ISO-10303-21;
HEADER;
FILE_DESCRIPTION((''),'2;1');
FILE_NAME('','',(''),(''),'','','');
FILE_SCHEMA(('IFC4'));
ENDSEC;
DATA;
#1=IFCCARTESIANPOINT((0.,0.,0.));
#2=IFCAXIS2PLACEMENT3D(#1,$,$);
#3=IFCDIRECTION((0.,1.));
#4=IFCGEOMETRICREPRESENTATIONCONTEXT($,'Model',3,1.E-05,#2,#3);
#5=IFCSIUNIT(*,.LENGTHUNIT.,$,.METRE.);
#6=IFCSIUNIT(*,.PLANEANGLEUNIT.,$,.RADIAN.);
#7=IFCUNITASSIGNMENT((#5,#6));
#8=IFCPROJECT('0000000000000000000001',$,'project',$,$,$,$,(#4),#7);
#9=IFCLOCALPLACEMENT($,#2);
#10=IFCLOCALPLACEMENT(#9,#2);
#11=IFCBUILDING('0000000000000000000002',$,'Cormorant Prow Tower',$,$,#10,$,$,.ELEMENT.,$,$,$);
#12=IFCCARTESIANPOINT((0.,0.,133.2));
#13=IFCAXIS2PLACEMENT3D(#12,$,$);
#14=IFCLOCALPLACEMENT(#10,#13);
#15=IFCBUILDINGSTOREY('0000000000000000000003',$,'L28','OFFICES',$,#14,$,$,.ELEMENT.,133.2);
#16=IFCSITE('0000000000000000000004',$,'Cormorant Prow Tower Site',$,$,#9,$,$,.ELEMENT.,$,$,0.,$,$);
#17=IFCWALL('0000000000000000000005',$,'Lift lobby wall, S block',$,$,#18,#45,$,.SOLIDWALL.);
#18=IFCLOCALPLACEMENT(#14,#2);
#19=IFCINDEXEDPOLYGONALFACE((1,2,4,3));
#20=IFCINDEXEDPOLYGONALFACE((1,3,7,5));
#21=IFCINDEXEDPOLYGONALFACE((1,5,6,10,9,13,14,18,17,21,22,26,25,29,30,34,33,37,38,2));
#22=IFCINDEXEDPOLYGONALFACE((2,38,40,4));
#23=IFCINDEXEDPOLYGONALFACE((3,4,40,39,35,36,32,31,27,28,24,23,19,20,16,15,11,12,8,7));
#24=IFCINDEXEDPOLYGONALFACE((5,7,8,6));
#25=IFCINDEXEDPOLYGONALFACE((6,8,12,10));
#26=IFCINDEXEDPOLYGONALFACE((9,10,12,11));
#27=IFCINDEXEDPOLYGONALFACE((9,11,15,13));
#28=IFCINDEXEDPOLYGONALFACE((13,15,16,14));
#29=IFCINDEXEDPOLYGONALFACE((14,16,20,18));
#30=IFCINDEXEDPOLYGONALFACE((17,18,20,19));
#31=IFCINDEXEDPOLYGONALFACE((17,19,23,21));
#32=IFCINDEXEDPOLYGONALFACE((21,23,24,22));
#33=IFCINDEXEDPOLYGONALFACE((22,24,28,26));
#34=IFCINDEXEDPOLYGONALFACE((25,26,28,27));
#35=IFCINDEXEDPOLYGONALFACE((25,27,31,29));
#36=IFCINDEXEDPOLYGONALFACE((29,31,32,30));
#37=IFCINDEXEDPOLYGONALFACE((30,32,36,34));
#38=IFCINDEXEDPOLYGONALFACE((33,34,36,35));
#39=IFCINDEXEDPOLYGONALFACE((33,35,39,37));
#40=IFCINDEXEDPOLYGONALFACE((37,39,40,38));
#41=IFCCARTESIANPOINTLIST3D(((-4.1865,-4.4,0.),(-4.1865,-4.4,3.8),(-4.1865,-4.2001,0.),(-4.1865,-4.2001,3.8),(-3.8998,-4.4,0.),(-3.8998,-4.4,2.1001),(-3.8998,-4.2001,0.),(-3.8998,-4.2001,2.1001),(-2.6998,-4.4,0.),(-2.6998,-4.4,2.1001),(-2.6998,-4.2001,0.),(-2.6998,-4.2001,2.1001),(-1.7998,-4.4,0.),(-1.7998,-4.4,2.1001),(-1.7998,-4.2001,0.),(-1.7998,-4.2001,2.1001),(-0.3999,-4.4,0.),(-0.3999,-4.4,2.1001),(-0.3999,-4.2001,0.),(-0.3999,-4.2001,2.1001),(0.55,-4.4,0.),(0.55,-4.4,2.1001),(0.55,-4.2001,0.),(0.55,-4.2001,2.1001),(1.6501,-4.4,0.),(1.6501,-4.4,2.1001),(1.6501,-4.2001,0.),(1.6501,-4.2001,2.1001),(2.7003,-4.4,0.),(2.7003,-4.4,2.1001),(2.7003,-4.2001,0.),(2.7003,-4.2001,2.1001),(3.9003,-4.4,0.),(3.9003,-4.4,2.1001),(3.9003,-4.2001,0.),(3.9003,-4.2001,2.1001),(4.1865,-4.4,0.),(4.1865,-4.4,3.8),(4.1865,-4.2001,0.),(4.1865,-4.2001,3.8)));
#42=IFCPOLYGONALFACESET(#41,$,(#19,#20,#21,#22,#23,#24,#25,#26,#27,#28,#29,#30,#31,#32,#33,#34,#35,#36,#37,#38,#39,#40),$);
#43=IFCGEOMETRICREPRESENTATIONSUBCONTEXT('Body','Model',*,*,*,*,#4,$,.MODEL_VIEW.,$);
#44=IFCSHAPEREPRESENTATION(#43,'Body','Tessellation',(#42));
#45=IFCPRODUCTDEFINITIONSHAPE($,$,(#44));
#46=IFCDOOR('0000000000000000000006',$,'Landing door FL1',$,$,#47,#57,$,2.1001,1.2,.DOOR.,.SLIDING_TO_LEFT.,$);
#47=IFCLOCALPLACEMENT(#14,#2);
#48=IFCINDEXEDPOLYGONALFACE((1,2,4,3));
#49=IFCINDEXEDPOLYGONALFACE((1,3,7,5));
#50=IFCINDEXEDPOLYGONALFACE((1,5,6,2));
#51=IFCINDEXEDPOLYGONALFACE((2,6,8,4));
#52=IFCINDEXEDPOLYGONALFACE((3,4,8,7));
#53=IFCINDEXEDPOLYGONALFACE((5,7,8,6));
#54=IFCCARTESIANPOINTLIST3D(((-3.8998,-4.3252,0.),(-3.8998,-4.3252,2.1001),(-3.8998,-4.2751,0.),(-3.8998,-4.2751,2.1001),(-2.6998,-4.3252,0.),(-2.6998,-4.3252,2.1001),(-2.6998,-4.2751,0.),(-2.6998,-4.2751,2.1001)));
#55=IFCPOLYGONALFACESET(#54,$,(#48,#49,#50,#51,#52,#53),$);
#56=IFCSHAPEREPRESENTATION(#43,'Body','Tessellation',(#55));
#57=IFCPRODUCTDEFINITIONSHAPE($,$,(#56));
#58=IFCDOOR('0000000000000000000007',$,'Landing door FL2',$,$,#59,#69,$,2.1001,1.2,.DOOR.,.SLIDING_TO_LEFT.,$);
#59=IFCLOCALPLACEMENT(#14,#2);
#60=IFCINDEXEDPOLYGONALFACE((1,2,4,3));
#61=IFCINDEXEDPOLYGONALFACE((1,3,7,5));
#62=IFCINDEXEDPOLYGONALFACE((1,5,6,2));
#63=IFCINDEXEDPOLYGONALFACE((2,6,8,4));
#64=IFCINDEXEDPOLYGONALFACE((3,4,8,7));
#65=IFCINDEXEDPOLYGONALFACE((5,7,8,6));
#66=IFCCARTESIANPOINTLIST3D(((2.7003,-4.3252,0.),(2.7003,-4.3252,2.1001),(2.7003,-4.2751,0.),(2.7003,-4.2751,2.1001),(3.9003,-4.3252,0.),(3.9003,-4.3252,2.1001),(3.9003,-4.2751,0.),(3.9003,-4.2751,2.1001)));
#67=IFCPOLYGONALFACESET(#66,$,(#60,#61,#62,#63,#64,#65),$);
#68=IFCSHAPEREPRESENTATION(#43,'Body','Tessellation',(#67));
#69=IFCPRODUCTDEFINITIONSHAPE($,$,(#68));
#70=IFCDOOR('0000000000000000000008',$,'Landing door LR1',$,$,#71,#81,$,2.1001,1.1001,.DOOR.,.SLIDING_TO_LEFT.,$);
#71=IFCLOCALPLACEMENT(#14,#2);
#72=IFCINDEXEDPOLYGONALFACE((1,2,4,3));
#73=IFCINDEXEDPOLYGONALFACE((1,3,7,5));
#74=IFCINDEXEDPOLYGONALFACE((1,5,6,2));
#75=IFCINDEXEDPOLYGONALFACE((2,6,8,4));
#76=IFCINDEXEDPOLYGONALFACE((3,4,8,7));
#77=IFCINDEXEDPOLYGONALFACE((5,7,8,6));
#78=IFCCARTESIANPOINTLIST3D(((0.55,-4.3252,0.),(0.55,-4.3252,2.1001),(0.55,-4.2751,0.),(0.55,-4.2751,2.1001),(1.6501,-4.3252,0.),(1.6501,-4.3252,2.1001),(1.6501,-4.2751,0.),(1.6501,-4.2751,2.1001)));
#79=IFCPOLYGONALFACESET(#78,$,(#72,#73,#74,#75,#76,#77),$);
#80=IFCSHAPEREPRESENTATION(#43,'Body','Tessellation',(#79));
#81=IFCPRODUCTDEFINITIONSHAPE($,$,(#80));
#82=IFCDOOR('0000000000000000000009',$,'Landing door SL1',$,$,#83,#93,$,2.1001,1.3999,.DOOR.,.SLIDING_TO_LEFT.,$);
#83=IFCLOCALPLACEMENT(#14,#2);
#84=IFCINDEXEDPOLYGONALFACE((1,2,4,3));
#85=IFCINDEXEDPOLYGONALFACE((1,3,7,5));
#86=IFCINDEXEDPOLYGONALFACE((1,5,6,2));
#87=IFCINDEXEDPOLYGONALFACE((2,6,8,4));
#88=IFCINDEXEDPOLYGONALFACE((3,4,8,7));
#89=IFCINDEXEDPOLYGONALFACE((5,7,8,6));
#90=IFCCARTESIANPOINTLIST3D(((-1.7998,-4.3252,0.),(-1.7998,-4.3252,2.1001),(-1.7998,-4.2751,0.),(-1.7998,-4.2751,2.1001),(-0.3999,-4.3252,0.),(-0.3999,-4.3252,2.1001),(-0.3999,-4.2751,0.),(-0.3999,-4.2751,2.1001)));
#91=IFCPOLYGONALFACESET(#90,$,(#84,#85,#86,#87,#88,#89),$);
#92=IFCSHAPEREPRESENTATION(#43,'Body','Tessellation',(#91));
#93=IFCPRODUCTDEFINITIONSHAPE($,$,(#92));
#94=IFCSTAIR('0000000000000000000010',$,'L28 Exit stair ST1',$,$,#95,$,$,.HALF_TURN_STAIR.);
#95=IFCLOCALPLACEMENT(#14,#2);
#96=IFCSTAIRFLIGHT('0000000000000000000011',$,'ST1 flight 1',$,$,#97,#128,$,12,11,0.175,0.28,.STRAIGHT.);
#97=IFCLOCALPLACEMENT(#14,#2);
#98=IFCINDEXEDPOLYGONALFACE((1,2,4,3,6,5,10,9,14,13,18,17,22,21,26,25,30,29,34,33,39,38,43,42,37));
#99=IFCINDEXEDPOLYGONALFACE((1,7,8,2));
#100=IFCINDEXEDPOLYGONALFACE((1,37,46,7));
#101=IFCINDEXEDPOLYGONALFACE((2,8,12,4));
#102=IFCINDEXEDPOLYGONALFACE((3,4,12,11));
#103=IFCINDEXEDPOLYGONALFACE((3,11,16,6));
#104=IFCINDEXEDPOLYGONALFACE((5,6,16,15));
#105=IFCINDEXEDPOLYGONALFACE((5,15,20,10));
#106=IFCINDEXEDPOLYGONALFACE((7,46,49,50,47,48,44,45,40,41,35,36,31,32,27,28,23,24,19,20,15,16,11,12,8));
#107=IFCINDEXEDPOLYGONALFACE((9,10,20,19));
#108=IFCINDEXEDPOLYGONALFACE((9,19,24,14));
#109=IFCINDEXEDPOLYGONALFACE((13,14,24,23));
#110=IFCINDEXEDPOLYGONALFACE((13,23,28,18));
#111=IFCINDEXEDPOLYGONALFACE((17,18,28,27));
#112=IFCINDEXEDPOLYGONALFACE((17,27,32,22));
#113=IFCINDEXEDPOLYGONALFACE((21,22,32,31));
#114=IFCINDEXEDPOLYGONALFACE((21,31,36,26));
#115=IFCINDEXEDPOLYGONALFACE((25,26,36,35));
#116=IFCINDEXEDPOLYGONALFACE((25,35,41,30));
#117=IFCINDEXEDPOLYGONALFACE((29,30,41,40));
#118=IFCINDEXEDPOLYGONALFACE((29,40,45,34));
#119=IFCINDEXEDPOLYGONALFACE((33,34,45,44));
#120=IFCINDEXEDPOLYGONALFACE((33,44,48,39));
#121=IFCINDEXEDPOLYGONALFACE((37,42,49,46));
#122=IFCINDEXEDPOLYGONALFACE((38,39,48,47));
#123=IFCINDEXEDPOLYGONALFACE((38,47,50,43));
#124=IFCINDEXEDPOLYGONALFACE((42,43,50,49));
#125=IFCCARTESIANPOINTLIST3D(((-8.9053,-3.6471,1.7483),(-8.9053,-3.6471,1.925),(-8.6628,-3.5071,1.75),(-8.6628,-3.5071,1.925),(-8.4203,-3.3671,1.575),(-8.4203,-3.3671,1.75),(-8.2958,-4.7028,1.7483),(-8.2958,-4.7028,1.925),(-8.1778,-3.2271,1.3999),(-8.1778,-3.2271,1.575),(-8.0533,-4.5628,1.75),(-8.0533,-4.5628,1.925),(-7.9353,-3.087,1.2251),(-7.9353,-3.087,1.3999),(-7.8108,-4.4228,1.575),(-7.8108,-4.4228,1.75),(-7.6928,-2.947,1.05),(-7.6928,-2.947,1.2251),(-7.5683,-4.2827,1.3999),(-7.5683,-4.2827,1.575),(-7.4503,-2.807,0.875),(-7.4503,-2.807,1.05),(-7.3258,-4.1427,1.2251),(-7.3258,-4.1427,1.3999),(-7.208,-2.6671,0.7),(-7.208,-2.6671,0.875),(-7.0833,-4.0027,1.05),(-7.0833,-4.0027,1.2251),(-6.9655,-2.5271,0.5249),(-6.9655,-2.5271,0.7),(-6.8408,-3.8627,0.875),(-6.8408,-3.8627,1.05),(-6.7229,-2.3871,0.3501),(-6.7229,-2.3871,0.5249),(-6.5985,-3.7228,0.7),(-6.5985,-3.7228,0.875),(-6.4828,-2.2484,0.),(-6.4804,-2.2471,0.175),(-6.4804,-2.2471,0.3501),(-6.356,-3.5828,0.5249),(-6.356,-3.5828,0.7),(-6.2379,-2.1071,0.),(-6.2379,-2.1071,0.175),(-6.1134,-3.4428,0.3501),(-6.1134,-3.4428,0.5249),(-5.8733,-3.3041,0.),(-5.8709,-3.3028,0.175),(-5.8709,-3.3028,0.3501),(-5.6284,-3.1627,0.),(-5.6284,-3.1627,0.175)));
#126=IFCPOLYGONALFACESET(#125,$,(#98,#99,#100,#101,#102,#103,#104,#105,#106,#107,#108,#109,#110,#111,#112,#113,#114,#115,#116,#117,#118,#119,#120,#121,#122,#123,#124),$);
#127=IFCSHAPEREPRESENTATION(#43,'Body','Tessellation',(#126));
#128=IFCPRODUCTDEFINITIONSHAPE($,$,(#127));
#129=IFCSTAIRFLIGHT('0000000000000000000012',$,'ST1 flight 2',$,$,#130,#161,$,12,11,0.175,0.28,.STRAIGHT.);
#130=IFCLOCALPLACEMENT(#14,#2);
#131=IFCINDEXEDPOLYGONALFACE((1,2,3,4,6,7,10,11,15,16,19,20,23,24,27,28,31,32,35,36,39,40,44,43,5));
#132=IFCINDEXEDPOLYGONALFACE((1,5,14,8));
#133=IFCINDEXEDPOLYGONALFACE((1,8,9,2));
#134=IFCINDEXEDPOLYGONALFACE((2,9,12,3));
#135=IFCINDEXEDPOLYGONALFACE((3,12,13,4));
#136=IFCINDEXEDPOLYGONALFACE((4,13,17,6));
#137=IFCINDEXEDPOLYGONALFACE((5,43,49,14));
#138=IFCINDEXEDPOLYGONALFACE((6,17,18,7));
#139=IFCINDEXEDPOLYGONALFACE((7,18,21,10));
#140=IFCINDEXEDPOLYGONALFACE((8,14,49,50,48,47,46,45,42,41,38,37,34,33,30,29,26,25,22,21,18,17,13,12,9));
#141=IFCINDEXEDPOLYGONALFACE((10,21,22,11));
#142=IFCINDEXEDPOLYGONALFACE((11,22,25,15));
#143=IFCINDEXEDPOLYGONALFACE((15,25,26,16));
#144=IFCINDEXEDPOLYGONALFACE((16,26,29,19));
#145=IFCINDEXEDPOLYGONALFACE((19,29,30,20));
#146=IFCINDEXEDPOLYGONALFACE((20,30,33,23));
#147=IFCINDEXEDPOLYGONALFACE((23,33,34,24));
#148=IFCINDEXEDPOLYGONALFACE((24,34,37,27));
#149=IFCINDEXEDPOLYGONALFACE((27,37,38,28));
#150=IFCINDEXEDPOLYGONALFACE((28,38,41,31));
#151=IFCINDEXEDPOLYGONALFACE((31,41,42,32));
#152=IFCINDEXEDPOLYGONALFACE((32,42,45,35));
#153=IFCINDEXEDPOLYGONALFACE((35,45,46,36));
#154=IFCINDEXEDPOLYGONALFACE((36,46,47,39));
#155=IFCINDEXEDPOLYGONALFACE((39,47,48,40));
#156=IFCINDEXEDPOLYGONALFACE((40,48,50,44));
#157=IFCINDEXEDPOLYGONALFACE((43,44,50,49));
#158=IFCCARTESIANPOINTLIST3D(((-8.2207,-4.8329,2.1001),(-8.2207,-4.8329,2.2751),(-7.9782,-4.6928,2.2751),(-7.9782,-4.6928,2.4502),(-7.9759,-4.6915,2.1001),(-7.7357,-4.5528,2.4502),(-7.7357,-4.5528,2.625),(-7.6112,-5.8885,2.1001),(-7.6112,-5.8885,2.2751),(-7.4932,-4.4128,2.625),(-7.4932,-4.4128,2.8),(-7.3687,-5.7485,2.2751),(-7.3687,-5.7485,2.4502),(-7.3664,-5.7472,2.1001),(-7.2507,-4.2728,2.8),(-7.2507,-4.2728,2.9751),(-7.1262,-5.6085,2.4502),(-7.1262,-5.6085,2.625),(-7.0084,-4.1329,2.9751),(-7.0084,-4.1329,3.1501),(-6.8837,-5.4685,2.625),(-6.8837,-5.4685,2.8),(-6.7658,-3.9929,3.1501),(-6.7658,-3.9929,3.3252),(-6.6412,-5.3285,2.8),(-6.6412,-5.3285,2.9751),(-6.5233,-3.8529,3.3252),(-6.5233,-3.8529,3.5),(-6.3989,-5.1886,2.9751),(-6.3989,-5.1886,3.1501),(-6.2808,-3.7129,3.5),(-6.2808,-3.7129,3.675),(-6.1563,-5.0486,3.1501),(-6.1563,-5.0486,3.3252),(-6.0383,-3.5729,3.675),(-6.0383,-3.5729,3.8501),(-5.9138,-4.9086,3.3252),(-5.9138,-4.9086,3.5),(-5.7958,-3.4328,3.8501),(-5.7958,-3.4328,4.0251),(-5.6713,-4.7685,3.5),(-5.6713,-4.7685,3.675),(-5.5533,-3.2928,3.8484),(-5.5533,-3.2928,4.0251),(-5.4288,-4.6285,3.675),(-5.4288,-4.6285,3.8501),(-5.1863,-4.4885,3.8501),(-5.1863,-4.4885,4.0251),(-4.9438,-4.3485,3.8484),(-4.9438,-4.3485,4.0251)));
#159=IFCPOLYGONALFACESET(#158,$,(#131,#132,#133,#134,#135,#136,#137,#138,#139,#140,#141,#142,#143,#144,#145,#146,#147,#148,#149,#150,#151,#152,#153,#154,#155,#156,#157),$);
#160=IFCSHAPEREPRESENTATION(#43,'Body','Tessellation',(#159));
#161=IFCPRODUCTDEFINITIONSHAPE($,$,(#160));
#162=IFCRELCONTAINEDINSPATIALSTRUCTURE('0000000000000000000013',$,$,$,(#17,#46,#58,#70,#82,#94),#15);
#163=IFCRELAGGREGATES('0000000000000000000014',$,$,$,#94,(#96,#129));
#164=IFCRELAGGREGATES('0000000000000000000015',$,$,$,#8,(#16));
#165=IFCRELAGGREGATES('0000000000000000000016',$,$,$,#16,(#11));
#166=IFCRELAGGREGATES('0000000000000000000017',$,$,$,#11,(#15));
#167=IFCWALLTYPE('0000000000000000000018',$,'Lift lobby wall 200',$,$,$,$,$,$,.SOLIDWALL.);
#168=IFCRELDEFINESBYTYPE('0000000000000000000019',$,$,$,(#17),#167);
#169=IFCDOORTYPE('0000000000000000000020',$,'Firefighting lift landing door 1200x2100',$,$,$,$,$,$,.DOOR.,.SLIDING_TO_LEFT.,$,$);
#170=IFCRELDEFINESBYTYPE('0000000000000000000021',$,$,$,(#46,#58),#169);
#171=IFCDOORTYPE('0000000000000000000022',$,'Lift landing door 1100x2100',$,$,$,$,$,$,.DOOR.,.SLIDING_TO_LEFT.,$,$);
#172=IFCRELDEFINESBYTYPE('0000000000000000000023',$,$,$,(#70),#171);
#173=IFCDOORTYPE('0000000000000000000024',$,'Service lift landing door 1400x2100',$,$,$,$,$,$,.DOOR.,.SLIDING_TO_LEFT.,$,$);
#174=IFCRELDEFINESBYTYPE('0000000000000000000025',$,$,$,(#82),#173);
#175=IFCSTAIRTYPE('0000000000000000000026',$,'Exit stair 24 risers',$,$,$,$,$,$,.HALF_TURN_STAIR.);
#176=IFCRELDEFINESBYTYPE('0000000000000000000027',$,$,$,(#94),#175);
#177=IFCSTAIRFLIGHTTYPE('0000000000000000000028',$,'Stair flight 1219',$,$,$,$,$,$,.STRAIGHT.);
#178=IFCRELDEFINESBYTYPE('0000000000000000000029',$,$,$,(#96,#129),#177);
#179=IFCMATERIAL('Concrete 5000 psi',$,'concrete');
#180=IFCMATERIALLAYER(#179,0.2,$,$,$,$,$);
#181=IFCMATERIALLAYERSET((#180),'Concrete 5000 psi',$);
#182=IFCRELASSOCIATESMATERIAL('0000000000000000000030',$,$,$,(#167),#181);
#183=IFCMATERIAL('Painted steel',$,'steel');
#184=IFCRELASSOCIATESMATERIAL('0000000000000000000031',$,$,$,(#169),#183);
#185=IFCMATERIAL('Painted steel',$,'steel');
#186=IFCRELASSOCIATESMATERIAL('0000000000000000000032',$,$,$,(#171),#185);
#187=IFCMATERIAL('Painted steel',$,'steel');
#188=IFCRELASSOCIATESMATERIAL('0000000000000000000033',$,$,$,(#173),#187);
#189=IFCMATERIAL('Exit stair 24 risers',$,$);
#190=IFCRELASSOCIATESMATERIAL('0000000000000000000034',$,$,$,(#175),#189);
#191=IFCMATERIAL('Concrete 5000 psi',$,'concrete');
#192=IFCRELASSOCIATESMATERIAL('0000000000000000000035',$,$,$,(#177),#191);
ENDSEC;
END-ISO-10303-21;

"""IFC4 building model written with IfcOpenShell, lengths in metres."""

from ifc_helpers import new_model, si_unit, direction, frame, frame_2d, origin, place, context, subcontext, project, spatial, polyline, rectangle, outline, extrude, material, layer, layer_set, type_object, element, fill, aggregate, save


model = new_model("IFC4")

# Units and contexts
model_context = context("Model", 3, precision=1e-05, world=origin(), true_north=direction((0.0, 1.0)))
body_context = subcontext(model_context, "Body", "Model", "MODEL_VIEW")
ifc_project = project(units=[si_unit("LENGTHUNIT", "METRE"), si_unit("PLANEANGLEUNIT", "RADIAN")], contexts=[model_context])

# Site, building, storey
site_placement = place(None, origin())
site = spatial("IfcSite", under=ifc_project, at=site_placement, Name="Cormorant Prow Tower Site", CompositionType="ELEMENT", RefElevation=0.0)
building_placement = place(site_placement, origin())
building = spatial("IfcBuilding", under=site, at=building_placement, Name="Cormorant Prow Tower", CompositionType="ELEMENT")
storey_placement = place(building_placement, frame((0.0, 0.0, 133.2)))
storey = spatial("IfcBuildingStorey", under=building, at=storey_placement, Name="L28", Description="OFFICES", CompositionType="ELEMENT", Elevation=133.2)

# Wall, openings, doors
ifc_material_1 = material(Name="Concrete 5000 psi", Category="concrete")
ifc_layer_1 = layer(ifc_material_1, 0.2)
ifc_layer_set_1 = layer_set([ifc_layer_1], Name="Concrete 5000 psi")
wall_type_1 = type_object("IfcWallType", Name="Lift lobby wall 200", PredefinedType="SOLIDWALL", material=ifc_layer_set_1)
wall_1_placement = place(storey_placement, frame((-4.1865, -4.3, 0.0), z_axis=(0.0, 0.0, 1.0), x_axis=(1.0, 0.0, 0.0)))
wall_1 = element("IfcWall", 1, at=wall_1_placement, inside=storey, type_object=wall_type_1, Name="Lift lobby wall, S block", PredefinedType="SOLIDWALL", context=body_context, shape_type="SweptSolid", body=[
    extrude(rectangle(XDim=8.373, YDim=0.2, at=frame_2d((4.1865, 0.0))), origin(), (0.0, 0.0, 1.0), 3.8),
])
opening_1_placement = place(wall_1_placement, frame((0.2866, 0.0, 0.0)))
opening_1 = element("IfcOpeningElement", 2, at=opening_1_placement, cuts=wall_1, PredefinedType="OPENING", context=body_context, shape_type="SweptSolid", body=[
    extrude(rectangle(XDim=1.2, YDim=2.1001, at=frame_2d((0.6001, 1.05))), frame((0.0, 0.1099, 0.0), z_axis=(0.0, -1.0, 0.0), x_axis=(1.0, 0.0, 0.0)), (0.0, 0.0, 1.0), 0.22),
])
opening_2_placement = place(wall_1_placement, frame((2.3867, 0.0, 0.0)))
opening_2 = element("IfcOpeningElement", 3, at=opening_2_placement, cuts=wall_1, PredefinedType="OPENING", context=body_context, shape_type="SweptSolid", body=[
    extrude(rectangle(XDim=1.3999, YDim=2.1001, at=frame_2d((0.7, 1.05))), frame((0.0, 0.1099, 0.0), z_axis=(0.0, -1.0, 0.0), x_axis=(1.0, 0.0, 0.0)), (0.0, 0.0, 1.0), 0.22),
])
opening_3_placement = place(wall_1_placement, frame((4.7366, 0.0, 0.0)))
opening_3 = element("IfcOpeningElement", 4, at=opening_3_placement, cuts=wall_1, PredefinedType="OPENING", context=body_context, shape_type="SweptSolid", body=[
    extrude(rectangle(XDim=1.1001, YDim=2.1001, at=frame_2d((0.55, 1.05))), frame((0.0, 0.1099, 0.0), z_axis=(0.0, -1.0, 0.0), x_axis=(1.0, 0.0, 0.0)), (0.0, 0.0, 1.0), 0.22),
])
opening_4_placement = place(wall_1_placement, frame((6.8867, 0.0, 0.0)))
opening_4 = element("IfcOpeningElement", 5, at=opening_4_placement, cuts=wall_1, PredefinedType="OPENING", context=body_context, shape_type="SweptSolid", body=[
    extrude(rectangle(XDim=1.2, YDim=2.1001, at=frame_2d((0.6001, 1.05))), frame((0.0, 0.1099, 0.0), z_axis=(0.0, -1.0, 0.0), x_axis=(1.0, 0.0, 0.0)), (0.0, 0.0, 1.0), 0.22),
])
ifc_material_2 = material(Name="Painted steel", Category="steel")
door_type_1 = type_object("IfcDoorType", Name="Firefighting lift landing door 1200x2100", OperationType="SLIDING_TO_LEFT", PredefinedType="DOOR", material=ifc_material_2)
door_1_placement = place(opening_1_placement, origin())
door_1 = element("IfcDoor", 6, at=door_1_placement, inside=storey, type_object=door_type_1, Name="Landing door FL1", OperationType="SLIDING_TO_LEFT", OverallHeight=2.1001, OverallWidth=1.2, PredefinedType="DOOR", context=body_context, shape_type="SweptSolid", body=[
    extrude(rectangle(XDim=1.2, YDim=2.1001, at=frame_2d((0.6001, 1.05))), frame((0.0, 0.0249, 0.0), z_axis=(0.0, -1.0, 0.0), x_axis=(1.0, 0.0, 0.0)), (0.0, 0.0, 1.0), 0.05),
])
fill(opening_1, door_1)
door_2_placement = place(opening_4_placement, origin())
door_2 = element("IfcDoor", 7, at=door_2_placement, inside=storey, type_object=door_type_1, Name="Landing door FL2", OperationType="SLIDING_TO_LEFT", OverallHeight=2.1001, OverallWidth=1.2, PredefinedType="DOOR", context=body_context, shape_type="SweptSolid", body=[
    extrude(rectangle(XDim=1.2, YDim=2.1001, at=frame_2d((0.6001, 1.05))), frame((0.0, 0.0249, 0.0), z_axis=(0.0, -1.0, 0.0), x_axis=(1.0, 0.0, 0.0)), (0.0, 0.0, 1.0), 0.05),
])
fill(opening_4, door_2)
ifc_material_3 = material(Name="Painted steel", Category="steel")
door_type_2 = type_object("IfcDoorType", Name="Lift landing door 1100x2100", OperationType="SLIDING_TO_LEFT", PredefinedType="DOOR", material=ifc_material_3)
door_3_placement = place(opening_3_placement, origin())
door_3 = element("IfcDoor", 8, at=door_3_placement, inside=storey, type_object=door_type_2, Name="Landing door LR1", OperationType="SLIDING_TO_LEFT", OverallHeight=2.1001, OverallWidth=1.1001, PredefinedType="DOOR", context=body_context, shape_type="SweptSolid", body=[
    extrude(rectangle(XDim=1.1001, YDim=2.1001, at=frame_2d((0.55, 1.05))), frame((0.0, 0.0249, 0.0), z_axis=(0.0, -1.0, 0.0), x_axis=(1.0, 0.0, 0.0)), (0.0, 0.0, 1.0), 0.05),
])
fill(opening_3, door_3)
ifc_material_4 = material(Name="Painted steel", Category="steel")
door_type_3 = type_object("IfcDoorType", Name="Service lift landing door 1400x2100", OperationType="SLIDING_TO_LEFT", PredefinedType="DOOR", material=ifc_material_4)
door_4_placement = place(opening_2_placement, origin())
door_4 = element("IfcDoor", 9, at=door_4_placement, inside=storey, type_object=door_type_3, Name="Landing door SL1", OperationType="SLIDING_TO_LEFT", OverallHeight=2.1001, OverallWidth=1.3999, PredefinedType="DOOR", context=body_context, shape_type="SweptSolid", body=[
    extrude(rectangle(XDim=1.3999, YDim=2.1001, at=frame_2d((0.7, 1.05))), frame((0.0, 0.0249, 0.0), z_axis=(0.0, -1.0, 0.0), x_axis=(1.0, 0.0, 0.0)), (0.0, 0.0, 1.0), 0.05),
])
fill(opening_2, door_4)

# Stair, stair flights
ifc_material_5 = material(Name="Exit stair 24 risers")
stair_type = type_object("IfcStairType", Name="Exit stair 24 risers", PredefinedType="HALF_TURN_STAIR", material=ifc_material_5)
stair_placement = place(storey_placement, origin())
stair = element("IfcStair", 10, at=stair_placement, inside=storey, type_object=stair_type, Name="L28 Exit stair ST1", PredefinedType="HALF_TURN_STAIR")
ifc_material_6 = material(Name="Concrete 5000 psi", Category="concrete")
stair_flight_type = type_object("IfcStairFlightType", Name="Stair flight 1219", PredefinedType="STRAIGHT", material=ifc_material_6)
stair_flight_1_placement = place(storey_placement, frame((-5.9331, -2.635, 0.0), z_axis=(0.0, 0.0, 1.0), x_axis=(-0.866025, -0.5, 0.0)))
stair_flight_1 = element("IfcStairFlight", 11, at=stair_flight_1_placement, type_object=stair_flight_type, Name="ST1 flight 1", NumberOfRisers=12, NumberOfTreads=11, PredefinedType="STRAIGHT", RiserHeight=0.175, TreadLength=0.28, context=body_context, shape_type="SweptSolid", body=[
    extrude(outline(polyline([(0.0, 0.0), (0.0, 0.175), (0.28, 0.175), (0.28, 0.3501), (0.5601, 0.3501), (0.5601, 0.5249), (0.8401, 0.5249), (0.8401, 0.7), (1.1201, 0.7), (1.1201, 0.875), (1.3999, 0.875), (1.3999, 1.05), (1.6799, 1.05), (1.6799, 1.2251), (1.96, 1.2251), (1.96, 1.3999), (2.24, 1.3999), (2.24, 1.575), (2.52, 1.575), (2.52, 1.75), (2.8, 1.75), (2.8, 1.925), (3.0801, 1.925), (3.0801, 2.1001), (3.0801, 1.7483), (0.2827, 0.0), (0.0, 0.0)])), frame((0.0, 0.6094, 0.0), z_axis=(0.0, -1.0, 0.0), x_axis=(1.0, 0.0, 0.0)), (0.0, 0.0, 1.0), 1.219),
])
stair_flight_2_placement = place(storey_placement, frame((-7.916, -5.3606, 2.1001), z_axis=(0.0, 0.0, 1.0), x_axis=(0.866025, 0.5, 0.0)))
stair_flight_2 = element("IfcStairFlight", 12, at=stair_flight_2_placement, type_object=stair_flight_type, Name="ST1 flight 2", NumberOfRisers=12, NumberOfTreads=11, PredefinedType="STRAIGHT", RiserHeight=0.175, TreadLength=0.28, context=body_context, shape_type="SweptSolid", body=[
    extrude(outline(polyline([(0.0, 0.0), (0.0, 0.175), (0.28, 0.175), (0.28, 0.3501), (0.5601, 0.3501), (0.5601, 0.5249), (0.8401, 0.5249), (0.8401, 0.7), (1.1201, 0.7), (1.1201, 0.875), (1.3999, 0.875), (1.3999, 1.05), (1.6799, 1.05), (1.6799, 1.2251), (1.96, 1.2251), (1.96, 1.3999), (2.24, 1.3999), (2.24, 1.575), (2.52, 1.575), (2.52, 1.75), (2.8, 1.75), (2.8, 1.925), (3.0801, 1.925), (3.0801, 2.1001), (3.0801, 1.7483), (0.2827, 0.0), (0.0, 0.0)])), frame((0.0, 0.6094, 0.0), z_axis=(0.0, -1.0, 0.0), x_axis=(1.0, 0.0, 0.0)), (0.0, 0.0, 1.0), 1.219),
])
aggregate(stair, [stair_flight_1, stair_flight_2])

save(model, "model.ifc")
